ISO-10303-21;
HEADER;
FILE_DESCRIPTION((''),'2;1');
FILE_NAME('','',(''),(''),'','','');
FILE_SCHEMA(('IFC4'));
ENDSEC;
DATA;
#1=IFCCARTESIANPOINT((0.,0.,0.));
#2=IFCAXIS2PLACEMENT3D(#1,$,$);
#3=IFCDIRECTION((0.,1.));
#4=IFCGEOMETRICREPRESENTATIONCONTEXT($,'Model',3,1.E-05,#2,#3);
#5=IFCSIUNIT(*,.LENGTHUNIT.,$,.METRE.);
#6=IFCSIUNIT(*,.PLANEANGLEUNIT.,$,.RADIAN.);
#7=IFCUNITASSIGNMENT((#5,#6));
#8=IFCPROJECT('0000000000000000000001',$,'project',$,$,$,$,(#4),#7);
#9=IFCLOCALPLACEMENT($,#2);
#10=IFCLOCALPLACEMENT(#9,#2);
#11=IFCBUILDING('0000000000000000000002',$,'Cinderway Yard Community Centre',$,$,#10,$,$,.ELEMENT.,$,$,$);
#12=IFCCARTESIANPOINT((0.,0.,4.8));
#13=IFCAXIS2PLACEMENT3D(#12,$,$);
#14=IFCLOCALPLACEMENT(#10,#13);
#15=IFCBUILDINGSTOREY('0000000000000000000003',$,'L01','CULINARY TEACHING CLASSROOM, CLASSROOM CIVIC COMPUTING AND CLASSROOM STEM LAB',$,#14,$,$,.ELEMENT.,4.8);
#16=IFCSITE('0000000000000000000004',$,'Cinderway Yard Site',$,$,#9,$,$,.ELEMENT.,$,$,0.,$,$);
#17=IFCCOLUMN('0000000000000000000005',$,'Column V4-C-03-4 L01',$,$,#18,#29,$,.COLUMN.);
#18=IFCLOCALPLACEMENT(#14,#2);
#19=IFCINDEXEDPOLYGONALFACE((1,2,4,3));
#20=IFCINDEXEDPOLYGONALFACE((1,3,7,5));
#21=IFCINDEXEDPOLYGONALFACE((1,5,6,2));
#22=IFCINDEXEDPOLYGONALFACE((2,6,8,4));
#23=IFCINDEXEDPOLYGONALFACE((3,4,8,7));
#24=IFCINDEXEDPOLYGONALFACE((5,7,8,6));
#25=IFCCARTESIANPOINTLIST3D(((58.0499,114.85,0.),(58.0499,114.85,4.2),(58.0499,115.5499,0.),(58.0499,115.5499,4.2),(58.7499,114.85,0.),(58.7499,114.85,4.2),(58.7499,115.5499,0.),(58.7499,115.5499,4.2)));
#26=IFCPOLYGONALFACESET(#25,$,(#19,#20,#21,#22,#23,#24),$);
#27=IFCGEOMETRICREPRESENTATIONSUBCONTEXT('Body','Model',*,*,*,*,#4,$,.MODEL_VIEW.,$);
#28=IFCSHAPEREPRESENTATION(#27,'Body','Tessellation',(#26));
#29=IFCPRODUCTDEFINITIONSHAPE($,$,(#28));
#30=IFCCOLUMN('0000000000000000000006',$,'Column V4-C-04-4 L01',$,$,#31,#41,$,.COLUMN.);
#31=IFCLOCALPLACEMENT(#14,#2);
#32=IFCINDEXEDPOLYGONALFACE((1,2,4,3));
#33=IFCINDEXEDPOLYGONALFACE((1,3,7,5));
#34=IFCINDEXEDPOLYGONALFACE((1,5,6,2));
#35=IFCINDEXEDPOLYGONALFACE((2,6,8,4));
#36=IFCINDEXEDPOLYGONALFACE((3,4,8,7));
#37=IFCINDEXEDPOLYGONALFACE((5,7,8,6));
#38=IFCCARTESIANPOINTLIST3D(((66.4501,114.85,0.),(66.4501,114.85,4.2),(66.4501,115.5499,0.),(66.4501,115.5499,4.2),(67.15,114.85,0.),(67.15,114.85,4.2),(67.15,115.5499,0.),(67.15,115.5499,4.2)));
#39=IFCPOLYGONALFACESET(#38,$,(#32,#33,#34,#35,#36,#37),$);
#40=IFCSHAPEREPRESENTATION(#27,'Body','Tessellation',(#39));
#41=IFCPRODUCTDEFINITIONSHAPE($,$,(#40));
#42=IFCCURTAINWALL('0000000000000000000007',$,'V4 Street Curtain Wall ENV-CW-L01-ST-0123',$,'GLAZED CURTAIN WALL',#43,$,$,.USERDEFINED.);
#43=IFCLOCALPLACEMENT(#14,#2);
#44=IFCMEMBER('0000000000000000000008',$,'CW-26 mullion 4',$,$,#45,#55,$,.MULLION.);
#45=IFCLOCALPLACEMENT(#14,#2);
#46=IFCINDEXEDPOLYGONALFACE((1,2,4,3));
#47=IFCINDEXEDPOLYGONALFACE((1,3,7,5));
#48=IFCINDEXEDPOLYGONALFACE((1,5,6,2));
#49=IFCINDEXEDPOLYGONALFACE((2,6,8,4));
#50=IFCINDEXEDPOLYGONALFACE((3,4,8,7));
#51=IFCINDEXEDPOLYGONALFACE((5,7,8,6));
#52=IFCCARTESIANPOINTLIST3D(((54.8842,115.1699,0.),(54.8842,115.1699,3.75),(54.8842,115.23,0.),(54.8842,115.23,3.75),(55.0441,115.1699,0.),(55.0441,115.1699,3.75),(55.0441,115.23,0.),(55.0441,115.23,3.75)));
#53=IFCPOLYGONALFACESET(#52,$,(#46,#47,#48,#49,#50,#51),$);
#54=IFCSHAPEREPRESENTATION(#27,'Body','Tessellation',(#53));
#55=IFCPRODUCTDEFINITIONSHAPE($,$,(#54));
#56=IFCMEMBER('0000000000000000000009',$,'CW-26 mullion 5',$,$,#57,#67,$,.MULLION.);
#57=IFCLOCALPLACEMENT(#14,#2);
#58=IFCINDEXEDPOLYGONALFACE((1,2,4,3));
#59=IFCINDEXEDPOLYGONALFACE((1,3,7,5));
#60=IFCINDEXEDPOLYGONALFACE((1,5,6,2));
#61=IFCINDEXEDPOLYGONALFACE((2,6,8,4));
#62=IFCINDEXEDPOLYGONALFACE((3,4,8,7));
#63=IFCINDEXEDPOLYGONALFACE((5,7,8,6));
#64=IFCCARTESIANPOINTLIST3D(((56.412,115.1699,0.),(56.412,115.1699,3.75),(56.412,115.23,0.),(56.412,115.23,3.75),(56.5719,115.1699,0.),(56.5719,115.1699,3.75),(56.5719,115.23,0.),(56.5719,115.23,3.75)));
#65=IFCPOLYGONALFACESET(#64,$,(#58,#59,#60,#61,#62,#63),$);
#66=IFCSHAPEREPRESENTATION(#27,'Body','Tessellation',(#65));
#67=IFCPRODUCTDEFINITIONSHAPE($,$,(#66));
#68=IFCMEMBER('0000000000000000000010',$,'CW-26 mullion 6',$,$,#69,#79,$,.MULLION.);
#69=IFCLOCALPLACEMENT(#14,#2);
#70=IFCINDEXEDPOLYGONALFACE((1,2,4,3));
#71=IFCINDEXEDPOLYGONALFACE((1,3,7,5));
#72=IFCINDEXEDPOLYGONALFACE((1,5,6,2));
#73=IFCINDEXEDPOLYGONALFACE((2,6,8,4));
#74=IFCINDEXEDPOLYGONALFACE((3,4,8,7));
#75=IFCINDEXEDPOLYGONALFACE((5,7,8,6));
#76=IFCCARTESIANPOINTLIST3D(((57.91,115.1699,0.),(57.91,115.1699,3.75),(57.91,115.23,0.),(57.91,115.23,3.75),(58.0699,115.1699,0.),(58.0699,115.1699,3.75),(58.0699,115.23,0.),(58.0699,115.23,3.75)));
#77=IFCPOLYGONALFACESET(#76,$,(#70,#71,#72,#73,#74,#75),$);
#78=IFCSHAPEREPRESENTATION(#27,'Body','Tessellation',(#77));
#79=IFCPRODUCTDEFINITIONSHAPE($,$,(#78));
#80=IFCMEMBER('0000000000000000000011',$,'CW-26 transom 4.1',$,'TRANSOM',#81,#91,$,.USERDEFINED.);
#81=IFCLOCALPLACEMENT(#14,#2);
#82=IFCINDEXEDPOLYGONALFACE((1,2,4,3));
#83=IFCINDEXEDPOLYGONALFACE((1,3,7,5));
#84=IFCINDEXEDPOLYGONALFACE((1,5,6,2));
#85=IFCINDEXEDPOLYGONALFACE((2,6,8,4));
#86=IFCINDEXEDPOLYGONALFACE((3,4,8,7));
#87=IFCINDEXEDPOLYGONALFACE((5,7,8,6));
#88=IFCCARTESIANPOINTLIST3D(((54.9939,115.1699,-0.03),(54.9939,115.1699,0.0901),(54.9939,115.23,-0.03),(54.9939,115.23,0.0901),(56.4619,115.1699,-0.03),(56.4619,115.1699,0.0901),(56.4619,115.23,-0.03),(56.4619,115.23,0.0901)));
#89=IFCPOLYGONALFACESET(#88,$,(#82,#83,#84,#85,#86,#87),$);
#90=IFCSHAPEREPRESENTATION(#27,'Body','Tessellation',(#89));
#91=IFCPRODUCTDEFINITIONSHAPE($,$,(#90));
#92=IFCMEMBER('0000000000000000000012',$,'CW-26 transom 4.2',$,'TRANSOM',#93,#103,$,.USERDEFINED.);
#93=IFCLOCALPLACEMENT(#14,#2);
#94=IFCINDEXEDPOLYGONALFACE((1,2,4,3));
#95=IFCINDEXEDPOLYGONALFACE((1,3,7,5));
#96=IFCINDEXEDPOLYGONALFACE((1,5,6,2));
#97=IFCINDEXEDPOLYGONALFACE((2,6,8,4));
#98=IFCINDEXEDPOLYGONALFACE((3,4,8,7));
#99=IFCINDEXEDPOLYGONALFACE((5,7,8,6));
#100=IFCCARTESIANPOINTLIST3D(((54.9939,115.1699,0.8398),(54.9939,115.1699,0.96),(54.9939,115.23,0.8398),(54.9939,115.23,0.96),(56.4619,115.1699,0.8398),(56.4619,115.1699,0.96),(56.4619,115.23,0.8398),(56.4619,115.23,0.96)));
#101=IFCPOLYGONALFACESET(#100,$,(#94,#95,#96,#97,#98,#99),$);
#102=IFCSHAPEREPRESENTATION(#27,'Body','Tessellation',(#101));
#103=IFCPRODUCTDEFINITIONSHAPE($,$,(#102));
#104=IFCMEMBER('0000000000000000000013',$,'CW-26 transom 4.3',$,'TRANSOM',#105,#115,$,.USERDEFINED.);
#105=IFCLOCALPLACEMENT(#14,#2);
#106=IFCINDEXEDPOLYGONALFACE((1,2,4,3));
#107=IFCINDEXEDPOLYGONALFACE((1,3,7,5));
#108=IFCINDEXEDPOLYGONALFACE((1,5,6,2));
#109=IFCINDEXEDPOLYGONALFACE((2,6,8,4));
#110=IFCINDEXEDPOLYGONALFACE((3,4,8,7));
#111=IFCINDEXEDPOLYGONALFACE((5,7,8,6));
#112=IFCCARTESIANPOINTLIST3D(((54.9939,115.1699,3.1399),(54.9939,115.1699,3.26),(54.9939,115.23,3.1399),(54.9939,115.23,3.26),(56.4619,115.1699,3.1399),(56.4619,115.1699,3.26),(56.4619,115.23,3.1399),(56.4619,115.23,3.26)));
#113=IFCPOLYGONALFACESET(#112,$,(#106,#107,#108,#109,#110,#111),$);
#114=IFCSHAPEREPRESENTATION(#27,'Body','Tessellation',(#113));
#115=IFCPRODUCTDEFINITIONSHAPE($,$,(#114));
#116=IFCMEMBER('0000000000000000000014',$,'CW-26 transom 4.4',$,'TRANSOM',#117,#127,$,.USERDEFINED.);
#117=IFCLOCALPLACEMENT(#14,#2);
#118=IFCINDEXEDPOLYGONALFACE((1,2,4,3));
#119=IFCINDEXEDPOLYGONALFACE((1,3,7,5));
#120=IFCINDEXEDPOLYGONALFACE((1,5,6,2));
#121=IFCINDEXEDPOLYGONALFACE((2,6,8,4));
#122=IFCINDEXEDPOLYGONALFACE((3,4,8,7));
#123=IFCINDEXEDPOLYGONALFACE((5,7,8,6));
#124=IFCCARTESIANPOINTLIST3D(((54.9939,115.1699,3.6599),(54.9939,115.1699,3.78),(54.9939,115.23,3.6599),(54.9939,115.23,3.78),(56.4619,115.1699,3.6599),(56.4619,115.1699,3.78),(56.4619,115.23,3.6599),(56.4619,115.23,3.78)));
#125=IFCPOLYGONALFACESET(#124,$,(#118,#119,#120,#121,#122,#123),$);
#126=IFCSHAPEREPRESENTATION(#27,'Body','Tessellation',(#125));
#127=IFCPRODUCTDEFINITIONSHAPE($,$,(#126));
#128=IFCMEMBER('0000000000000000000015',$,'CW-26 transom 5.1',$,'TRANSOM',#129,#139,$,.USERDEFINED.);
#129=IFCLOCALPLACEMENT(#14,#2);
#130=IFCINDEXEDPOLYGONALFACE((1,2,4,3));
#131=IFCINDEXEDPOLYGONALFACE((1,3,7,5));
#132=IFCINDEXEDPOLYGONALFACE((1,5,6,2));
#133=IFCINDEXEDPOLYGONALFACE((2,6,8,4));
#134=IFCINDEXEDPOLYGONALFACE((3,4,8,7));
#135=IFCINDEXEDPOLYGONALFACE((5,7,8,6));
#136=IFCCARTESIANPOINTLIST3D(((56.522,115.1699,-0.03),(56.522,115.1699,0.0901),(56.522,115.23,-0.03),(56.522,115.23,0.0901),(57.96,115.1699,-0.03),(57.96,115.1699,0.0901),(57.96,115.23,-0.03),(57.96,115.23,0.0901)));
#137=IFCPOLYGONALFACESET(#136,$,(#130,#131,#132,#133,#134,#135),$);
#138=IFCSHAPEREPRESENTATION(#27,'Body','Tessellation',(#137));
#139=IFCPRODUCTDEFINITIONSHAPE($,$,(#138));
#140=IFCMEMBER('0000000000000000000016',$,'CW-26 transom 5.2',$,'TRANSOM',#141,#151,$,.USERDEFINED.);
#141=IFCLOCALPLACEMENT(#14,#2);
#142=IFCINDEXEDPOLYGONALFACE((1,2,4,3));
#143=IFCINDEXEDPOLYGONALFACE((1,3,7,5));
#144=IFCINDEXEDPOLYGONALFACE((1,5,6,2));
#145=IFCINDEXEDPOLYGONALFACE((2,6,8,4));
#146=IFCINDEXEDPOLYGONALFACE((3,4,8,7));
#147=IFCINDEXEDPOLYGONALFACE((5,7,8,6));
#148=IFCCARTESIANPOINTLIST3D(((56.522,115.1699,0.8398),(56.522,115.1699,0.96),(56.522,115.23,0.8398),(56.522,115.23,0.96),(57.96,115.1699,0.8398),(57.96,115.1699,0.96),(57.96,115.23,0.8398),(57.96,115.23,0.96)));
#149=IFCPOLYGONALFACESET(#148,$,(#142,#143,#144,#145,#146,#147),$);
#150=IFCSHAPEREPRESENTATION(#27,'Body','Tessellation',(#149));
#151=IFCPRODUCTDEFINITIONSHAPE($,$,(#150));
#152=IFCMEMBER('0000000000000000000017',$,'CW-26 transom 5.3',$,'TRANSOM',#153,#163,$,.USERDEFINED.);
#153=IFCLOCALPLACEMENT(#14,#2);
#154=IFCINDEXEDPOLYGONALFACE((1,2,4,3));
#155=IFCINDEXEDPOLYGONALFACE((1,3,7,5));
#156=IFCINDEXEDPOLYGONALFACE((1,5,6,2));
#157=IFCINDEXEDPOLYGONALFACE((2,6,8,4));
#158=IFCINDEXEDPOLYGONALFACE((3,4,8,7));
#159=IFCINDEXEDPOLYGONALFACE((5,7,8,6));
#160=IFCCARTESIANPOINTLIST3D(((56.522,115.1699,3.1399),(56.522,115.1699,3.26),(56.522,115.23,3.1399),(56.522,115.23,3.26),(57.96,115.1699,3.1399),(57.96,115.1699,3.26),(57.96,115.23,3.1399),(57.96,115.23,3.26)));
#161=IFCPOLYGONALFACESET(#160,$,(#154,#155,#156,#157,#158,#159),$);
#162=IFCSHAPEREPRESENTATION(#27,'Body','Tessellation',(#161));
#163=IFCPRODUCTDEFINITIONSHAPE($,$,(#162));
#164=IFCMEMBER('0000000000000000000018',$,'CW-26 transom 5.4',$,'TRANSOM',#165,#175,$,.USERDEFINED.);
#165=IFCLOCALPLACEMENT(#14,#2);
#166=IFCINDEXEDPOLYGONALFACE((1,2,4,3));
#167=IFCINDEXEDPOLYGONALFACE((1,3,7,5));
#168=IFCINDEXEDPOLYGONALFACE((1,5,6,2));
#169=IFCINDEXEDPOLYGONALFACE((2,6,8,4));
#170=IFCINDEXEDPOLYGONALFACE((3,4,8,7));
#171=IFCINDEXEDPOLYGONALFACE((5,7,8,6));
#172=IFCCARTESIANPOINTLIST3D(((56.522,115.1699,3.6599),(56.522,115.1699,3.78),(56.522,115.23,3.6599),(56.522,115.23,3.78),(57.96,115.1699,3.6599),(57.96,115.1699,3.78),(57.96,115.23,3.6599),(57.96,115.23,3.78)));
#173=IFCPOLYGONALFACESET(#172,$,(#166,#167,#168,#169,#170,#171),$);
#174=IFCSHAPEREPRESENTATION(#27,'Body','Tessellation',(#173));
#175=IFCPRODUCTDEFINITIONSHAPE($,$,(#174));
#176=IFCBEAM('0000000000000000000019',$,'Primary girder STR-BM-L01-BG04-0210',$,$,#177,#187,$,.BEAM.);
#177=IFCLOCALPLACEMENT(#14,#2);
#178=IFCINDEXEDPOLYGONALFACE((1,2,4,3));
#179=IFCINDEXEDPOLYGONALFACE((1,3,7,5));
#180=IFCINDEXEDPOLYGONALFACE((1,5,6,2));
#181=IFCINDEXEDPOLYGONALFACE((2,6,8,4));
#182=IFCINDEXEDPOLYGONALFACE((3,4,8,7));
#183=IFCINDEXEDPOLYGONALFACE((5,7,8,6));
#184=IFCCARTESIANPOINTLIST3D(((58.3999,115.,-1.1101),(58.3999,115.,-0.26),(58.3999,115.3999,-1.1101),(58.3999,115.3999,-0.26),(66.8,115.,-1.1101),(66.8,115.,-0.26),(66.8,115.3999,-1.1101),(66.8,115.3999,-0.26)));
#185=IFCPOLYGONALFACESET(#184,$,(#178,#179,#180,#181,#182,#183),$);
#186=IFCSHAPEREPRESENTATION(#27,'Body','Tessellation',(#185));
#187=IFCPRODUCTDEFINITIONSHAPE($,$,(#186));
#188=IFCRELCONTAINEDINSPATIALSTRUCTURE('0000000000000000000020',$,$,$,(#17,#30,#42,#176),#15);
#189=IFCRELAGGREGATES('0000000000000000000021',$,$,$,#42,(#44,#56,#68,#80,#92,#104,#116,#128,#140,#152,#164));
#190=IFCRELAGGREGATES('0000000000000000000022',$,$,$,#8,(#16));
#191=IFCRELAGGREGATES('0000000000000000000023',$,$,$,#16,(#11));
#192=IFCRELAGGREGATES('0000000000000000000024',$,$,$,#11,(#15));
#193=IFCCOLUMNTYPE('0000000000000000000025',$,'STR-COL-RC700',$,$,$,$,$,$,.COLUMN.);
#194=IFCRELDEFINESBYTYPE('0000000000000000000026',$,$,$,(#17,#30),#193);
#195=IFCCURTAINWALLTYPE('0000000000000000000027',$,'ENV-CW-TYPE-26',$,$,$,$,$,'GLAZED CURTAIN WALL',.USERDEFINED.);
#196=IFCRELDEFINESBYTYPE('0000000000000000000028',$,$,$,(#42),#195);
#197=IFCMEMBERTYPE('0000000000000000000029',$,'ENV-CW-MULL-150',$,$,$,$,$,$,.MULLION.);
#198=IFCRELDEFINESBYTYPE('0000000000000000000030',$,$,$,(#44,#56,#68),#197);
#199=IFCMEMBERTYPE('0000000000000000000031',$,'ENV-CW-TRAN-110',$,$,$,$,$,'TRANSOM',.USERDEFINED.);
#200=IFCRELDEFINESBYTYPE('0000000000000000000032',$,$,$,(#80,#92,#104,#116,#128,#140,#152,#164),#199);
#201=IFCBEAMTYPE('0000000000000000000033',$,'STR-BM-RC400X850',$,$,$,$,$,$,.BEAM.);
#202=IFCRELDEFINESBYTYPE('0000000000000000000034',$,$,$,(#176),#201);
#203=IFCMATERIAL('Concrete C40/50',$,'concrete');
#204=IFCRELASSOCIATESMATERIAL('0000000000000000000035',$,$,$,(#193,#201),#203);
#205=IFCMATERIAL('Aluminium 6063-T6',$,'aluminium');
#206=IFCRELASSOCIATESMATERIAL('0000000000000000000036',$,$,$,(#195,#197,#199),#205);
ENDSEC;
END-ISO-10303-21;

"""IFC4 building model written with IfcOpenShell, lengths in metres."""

from ifc_helpers import new_model, si_unit, direction, frame, origin, origin_2d, place, context, subcontext, project, spatial, rectangle, extrude, material, material_profile, profile_set, type_object, element, aggregate, save


model = new_model("IFC4")

# Units and contexts
model_context = context("Model", 3, precision=1e-05, world=origin(), true_north=direction((0.0, 1.0)))
body_context = subcontext(model_context, "Body", "Model", "MODEL_VIEW")
ifc_project = project(units=[si_unit("LENGTHUNIT", "METRE"), si_unit("PLANEANGLEUNIT", "RADIAN")], contexts=[model_context])

# Site, building, storey
site_placement = place(None, origin())
site = spatial("IfcSite", under=ifc_project, at=site_placement, Name="Cinderway Yard Site", CompositionType="ELEMENT", RefElevation=0.0)
building_placement = place(site_placement, origin())
building = spatial("IfcBuilding", under=site, at=building_placement, Name="Cinderway Yard Community Centre", CompositionType="ELEMENT")
storey_placement = place(building_placement, frame((0.0, 0.0, 4.8)))
storey = spatial("IfcBuildingStorey", under=building, at=storey_placement, Name="L01", Description="CULINARY TEACHING CLASSROOM, CLASSROOM CIVIC COMPUTING AND CLASSROOM STEM LAB", CompositionType="ELEMENT", Elevation=4.8)

# Columns
ifc_material_1 = material(Name="Concrete C40/50", Category="concrete")
ifc_material_profile_1 = material_profile(ifc_material_1, rectangle(XDim=0.7, YDim=0.7, at=origin_2d()), Name="Concrete C40/50")
ifc_profile_set_1 = profile_set([ifc_material_profile_1], Name="Concrete C40/50")
column_type = type_object("IfcColumnType", Name="STR-COL-RC700", PredefinedType="COLUMN", material=ifc_profile_set_1)
for number, where, z_axis, x_axis, name in (
    (1, (58.3999, 115.2, 0.0), (0.0, 0.0, 1.0), (1.0, 0.0, 0.0), "Column V4-C-03-4 L01"),
    (2, (66.8, 115.2, 0.0), (0.0, 0.0, 1.0), (1.0, 0.0, 0.0), "Column V4-C-04-4 L01"),
):
    element("IfcColumn", number, at=place(storey_placement, frame(where, z_axis=z_axis, x_axis=x_axis)), inside=storey, type_object=column_type, Name=name, PredefinedType="COLUMN", context=body_context, shape_type="SweptSolid", body=[
        extrude(rectangle(XDim=0.7, YDim=0.7, at=origin_2d()), origin(), (0.0, 0.0, 1.0), 4.2),
    ])

# Curtain wall, members
ifc_material_2 = material(Name="Aluminium 6063-T6", Category="aluminium")
curtain_wall_type = type_object("IfcCurtainWallType", Name="ENV-CW-TYPE-26", ElementType="GLAZED CURTAIN WALL", PredefinedType="USERDEFINED", material=ifc_material_2)
curtain_wall_placement = place(storey_placement, origin())
curtain_wall = element("IfcCurtainWall", 3, at=curtain_wall_placement, inside=storey, type_object=curtain_wall_type, Name="V4 Street Curtain Wall ENV-CW-L01-ST-0123", ObjectType="GLAZED CURTAIN WALL", PredefinedType="USERDEFINED")
ifc_material_profile_2 = material_profile(ifc_material_2, rectangle(XDim=0.0601, YDim=0.1599, at=origin_2d()), Name="Aluminium 6063-T6")
ifc_profile_set_2 = profile_set([ifc_material_profile_2], Name="Aluminium 6063-T6")
member_type_1 = type_object("IfcMemberType", Name="ENV-CW-MULL-150", PredefinedType="MULLION", material=ifc_profile_set_2)
member_1_placement = place(storey_placement, frame((54.9641, 115.2, 0.0), z_axis=(0.0, 0.0, 1.0), x_axis=(0.0, 1.0, 0.0)))
member_1 = element("IfcMember", 4, at=member_1_placement, type_object=member_type_1, Name="CW-26 mullion 4", PredefinedType="MULLION", context=body_context, shape_type="SweptSolid", body=[
    extrude(rectangle(XDim=0.0601, YDim=0.1599, at=origin_2d()), origin(), (0.0, 0.0, 1.0), 3.75),
])
member_2_placement = place(storey_placement, frame((56.4919, 115.2, 0.0), z_axis=(0.0, 0.0, 1.0), x_axis=(0.0, 1.0, 0.0)))
member_2 = element("IfcMember", 5, at=member_2_placement, type_object=member_type_1, Name="CW-26 mullion 5", PredefinedType="MULLION", context=body_context, shape_type="SweptSolid", body=[
    extrude(rectangle(XDim=0.0601, YDim=0.1599, at=origin_2d()), origin(), (0.0, 0.0, 1.0), 3.75),
])
member_3_placement = place(storey_placement, frame((57.99, 115.2, 0.0), z_axis=(0.0, 0.0, 1.0), x_axis=(0.0, 1.0, 0.0)))
member_3 = element("IfcMember", 6, at=member_3_placement, type_object=member_type_1, Name="CW-26 mullion 6", PredefinedType="MULLION", context=body_context, shape_type="SweptSolid", body=[
    extrude(rectangle(XDim=0.0601, YDim=0.1599, at=origin_2d()), origin(), (0.0, 0.0, 1.0), 3.75),
])
ifc_material_profile_3 = material_profile(ifc_material_2, rectangle(XDim=0.0601, YDim=0.1201, at=origin_2d()), Name="Aluminium 6063-T6")
ifc_profile_set_3 = profile_set([ifc_material_profile_3], Name="Aluminium 6063-T6")
member_type_2 = type_object("IfcMemberType", Name="ENV-CW-TRAN-110", ElementType="TRANSOM", PredefinedType="USERDEFINED", material=ifc_profile_set_3)
member_4_placement = place(storey_placement, frame((54.9939, 115.2, 0.03), z_axis=(1.0, 0.0, 0.0), x_axis=(0.0, 1.0, 0.0)))
member_4 = element("IfcMember", 7, at=member_4_placement, type_object=member_type_2, Name="CW-26 transom 4.1", ObjectType="TRANSOM", PredefinedType="USERDEFINED", context=body_context, shape_type="SweptSolid", body=[
    extrude(rectangle(XDim=0.0601, YDim=0.1201, at=origin_2d()), origin(), (0.0, 0.0, 1.0), 1.468),
])
member_5_placement = place(storey_placement, frame((54.9939, 115.2, 0.8999), z_axis=(1.0, 0.0, 0.0), x_axis=(0.0, 1.0, 0.0)))
member_5 = element("IfcMember", 8, at=member_5_placement, type_object=member_type_2, Name="CW-26 transom 4.2", ObjectType="TRANSOM", PredefinedType="USERDEFINED", context=body_context, shape_type="SweptSolid", body=[
    extrude(rectangle(XDim=0.0601, YDim=0.1201, at=origin_2d()), origin(), (0.0, 0.0, 1.0), 1.468),
])
member_6_placement = place(storey_placement, frame((54.9939, 115.2, 3.2), z_axis=(1.0, 0.0, 0.0), x_axis=(0.0, 1.0, 0.0)))
member_6 = element("IfcMember", 9, at=member_6_placement, type_object=member_type_2, Name="CW-26 transom 4.3", ObjectType="TRANSOM", PredefinedType="USERDEFINED", context=body_context, shape_type="SweptSolid", body=[
    extrude(rectangle(XDim=0.0601, YDim=0.1201, at=origin_2d()), origin(), (0.0, 0.0, 1.0), 1.468),
])
member_7_placement = place(storey_placement, frame((54.9939, 115.2, 3.72), z_axis=(1.0, 0.0, 0.0), x_axis=(0.0, 1.0, 0.0)))
member_7 = element("IfcMember", 10, at=member_7_placement, type_object=member_type_2, Name="CW-26 transom 4.4", ObjectType="TRANSOM", PredefinedType="USERDEFINED", context=body_context, shape_type="SweptSolid", body=[
    extrude(rectangle(XDim=0.0601, YDim=0.1201, at=origin_2d()), origin(), (0.0, 0.0, 1.0), 1.468),
])
member_8_placement = place(storey_placement, frame((56.522, 115.2, 0.03), z_axis=(1.0, 0.0, 0.0), x_axis=(0.0, 1.0, 0.0)))
member_8 = element("IfcMember", 11, at=member_8_placement, type_object=member_type_2, Name="CW-26 transom 5.1", ObjectType="TRANSOM", PredefinedType="USERDEFINED", context=body_context, shape_type="SweptSolid", body=[
    extrude(rectangle(XDim=0.0601, YDim=0.1201, at=origin_2d()), origin(), (0.0, 0.0, 1.0), 1.438),
])
member_9_placement = place(storey_placement, frame((56.522, 115.2, 0.8999), z_axis=(1.0, 0.0, 0.0), x_axis=(0.0, 1.0, 0.0)))
member_9 = element("IfcMember", 12, at=member_9_placement, type_object=member_type_2, Name="CW-26 transom 5.2", ObjectType="TRANSOM", PredefinedType="USERDEFINED", context=body_context, shape_type="SweptSolid", body=[
    extrude(rectangle(XDim=0.0601, YDim=0.1201, at=origin_2d()), origin(), (0.0, 0.0, 1.0), 1.438),
])
member_10_placement = place(storey_placement, frame((56.522, 115.2, 3.2), z_axis=(1.0, 0.0, 0.0), x_axis=(0.0, 1.0, 0.0)))
member_10 = element("IfcMember", 13, at=member_10_placement, type_object=member_type_2, Name="CW-26 transom 5.3", ObjectType="TRANSOM", PredefinedType="USERDEFINED", context=body_context, shape_type="SweptSolid", body=[
    extrude(rectangle(XDim=0.0601, YDim=0.1201, at=origin_2d()), origin(), (0.0, 0.0, 1.0), 1.438),
])
member_11_placement = place(storey_placement, frame((56.522, 115.2, 3.72), z_axis=(1.0, 0.0, 0.0), x_axis=(0.0, 1.0, 0.0)))
member_11 = element("IfcMember", 14, at=member_11_placement, type_object=member_type_2, Name="CW-26 transom 5.4", ObjectType="TRANSOM", PredefinedType="USERDEFINED", context=body_context, shape_type="SweptSolid", body=[
    extrude(rectangle(XDim=0.0601, YDim=0.1201, at=origin_2d()), origin(), (0.0, 0.0, 1.0), 1.438),
])

# Beam
ifc_material_profile_4 = material_profile(ifc_material_1, rectangle(XDim=0.3999, YDim=0.8501, at=origin_2d()), Name="Concrete C40/50")
ifc_profile_set_4 = profile_set([ifc_material_profile_4], Name="Concrete C40/50")
beam_type = type_object("IfcBeamType", Name="STR-BM-RC400X850", PredefinedType="BEAM", material=ifc_profile_set_4)
beam_1_placement = place(storey_placement, frame((58.3999, 115.2, -0.6851), z_axis=(1.0, 0.0, 0.0), x_axis=(0.0, 1.0, 0.0)))
element("IfcBeam", 15, at=beam_1_placement, inside=storey, type_object=beam_type, Name="Primary girder STR-BM-L01-BG04-0210", PredefinedType="BEAM", context=body_context, shape_type="SweptSolid", body=[
    extrude(rectangle(XDim=0.3999, YDim=0.8501, at=origin_2d()), origin(), (0.0, 0.0, 1.0), 8.4001),
])

aggregate(curtain_wall, [member_1, member_2, member_3, member_4, member_5, member_6, member_7, member_8, member_9, member_10, member_11])

save(model, "model.ifc")
